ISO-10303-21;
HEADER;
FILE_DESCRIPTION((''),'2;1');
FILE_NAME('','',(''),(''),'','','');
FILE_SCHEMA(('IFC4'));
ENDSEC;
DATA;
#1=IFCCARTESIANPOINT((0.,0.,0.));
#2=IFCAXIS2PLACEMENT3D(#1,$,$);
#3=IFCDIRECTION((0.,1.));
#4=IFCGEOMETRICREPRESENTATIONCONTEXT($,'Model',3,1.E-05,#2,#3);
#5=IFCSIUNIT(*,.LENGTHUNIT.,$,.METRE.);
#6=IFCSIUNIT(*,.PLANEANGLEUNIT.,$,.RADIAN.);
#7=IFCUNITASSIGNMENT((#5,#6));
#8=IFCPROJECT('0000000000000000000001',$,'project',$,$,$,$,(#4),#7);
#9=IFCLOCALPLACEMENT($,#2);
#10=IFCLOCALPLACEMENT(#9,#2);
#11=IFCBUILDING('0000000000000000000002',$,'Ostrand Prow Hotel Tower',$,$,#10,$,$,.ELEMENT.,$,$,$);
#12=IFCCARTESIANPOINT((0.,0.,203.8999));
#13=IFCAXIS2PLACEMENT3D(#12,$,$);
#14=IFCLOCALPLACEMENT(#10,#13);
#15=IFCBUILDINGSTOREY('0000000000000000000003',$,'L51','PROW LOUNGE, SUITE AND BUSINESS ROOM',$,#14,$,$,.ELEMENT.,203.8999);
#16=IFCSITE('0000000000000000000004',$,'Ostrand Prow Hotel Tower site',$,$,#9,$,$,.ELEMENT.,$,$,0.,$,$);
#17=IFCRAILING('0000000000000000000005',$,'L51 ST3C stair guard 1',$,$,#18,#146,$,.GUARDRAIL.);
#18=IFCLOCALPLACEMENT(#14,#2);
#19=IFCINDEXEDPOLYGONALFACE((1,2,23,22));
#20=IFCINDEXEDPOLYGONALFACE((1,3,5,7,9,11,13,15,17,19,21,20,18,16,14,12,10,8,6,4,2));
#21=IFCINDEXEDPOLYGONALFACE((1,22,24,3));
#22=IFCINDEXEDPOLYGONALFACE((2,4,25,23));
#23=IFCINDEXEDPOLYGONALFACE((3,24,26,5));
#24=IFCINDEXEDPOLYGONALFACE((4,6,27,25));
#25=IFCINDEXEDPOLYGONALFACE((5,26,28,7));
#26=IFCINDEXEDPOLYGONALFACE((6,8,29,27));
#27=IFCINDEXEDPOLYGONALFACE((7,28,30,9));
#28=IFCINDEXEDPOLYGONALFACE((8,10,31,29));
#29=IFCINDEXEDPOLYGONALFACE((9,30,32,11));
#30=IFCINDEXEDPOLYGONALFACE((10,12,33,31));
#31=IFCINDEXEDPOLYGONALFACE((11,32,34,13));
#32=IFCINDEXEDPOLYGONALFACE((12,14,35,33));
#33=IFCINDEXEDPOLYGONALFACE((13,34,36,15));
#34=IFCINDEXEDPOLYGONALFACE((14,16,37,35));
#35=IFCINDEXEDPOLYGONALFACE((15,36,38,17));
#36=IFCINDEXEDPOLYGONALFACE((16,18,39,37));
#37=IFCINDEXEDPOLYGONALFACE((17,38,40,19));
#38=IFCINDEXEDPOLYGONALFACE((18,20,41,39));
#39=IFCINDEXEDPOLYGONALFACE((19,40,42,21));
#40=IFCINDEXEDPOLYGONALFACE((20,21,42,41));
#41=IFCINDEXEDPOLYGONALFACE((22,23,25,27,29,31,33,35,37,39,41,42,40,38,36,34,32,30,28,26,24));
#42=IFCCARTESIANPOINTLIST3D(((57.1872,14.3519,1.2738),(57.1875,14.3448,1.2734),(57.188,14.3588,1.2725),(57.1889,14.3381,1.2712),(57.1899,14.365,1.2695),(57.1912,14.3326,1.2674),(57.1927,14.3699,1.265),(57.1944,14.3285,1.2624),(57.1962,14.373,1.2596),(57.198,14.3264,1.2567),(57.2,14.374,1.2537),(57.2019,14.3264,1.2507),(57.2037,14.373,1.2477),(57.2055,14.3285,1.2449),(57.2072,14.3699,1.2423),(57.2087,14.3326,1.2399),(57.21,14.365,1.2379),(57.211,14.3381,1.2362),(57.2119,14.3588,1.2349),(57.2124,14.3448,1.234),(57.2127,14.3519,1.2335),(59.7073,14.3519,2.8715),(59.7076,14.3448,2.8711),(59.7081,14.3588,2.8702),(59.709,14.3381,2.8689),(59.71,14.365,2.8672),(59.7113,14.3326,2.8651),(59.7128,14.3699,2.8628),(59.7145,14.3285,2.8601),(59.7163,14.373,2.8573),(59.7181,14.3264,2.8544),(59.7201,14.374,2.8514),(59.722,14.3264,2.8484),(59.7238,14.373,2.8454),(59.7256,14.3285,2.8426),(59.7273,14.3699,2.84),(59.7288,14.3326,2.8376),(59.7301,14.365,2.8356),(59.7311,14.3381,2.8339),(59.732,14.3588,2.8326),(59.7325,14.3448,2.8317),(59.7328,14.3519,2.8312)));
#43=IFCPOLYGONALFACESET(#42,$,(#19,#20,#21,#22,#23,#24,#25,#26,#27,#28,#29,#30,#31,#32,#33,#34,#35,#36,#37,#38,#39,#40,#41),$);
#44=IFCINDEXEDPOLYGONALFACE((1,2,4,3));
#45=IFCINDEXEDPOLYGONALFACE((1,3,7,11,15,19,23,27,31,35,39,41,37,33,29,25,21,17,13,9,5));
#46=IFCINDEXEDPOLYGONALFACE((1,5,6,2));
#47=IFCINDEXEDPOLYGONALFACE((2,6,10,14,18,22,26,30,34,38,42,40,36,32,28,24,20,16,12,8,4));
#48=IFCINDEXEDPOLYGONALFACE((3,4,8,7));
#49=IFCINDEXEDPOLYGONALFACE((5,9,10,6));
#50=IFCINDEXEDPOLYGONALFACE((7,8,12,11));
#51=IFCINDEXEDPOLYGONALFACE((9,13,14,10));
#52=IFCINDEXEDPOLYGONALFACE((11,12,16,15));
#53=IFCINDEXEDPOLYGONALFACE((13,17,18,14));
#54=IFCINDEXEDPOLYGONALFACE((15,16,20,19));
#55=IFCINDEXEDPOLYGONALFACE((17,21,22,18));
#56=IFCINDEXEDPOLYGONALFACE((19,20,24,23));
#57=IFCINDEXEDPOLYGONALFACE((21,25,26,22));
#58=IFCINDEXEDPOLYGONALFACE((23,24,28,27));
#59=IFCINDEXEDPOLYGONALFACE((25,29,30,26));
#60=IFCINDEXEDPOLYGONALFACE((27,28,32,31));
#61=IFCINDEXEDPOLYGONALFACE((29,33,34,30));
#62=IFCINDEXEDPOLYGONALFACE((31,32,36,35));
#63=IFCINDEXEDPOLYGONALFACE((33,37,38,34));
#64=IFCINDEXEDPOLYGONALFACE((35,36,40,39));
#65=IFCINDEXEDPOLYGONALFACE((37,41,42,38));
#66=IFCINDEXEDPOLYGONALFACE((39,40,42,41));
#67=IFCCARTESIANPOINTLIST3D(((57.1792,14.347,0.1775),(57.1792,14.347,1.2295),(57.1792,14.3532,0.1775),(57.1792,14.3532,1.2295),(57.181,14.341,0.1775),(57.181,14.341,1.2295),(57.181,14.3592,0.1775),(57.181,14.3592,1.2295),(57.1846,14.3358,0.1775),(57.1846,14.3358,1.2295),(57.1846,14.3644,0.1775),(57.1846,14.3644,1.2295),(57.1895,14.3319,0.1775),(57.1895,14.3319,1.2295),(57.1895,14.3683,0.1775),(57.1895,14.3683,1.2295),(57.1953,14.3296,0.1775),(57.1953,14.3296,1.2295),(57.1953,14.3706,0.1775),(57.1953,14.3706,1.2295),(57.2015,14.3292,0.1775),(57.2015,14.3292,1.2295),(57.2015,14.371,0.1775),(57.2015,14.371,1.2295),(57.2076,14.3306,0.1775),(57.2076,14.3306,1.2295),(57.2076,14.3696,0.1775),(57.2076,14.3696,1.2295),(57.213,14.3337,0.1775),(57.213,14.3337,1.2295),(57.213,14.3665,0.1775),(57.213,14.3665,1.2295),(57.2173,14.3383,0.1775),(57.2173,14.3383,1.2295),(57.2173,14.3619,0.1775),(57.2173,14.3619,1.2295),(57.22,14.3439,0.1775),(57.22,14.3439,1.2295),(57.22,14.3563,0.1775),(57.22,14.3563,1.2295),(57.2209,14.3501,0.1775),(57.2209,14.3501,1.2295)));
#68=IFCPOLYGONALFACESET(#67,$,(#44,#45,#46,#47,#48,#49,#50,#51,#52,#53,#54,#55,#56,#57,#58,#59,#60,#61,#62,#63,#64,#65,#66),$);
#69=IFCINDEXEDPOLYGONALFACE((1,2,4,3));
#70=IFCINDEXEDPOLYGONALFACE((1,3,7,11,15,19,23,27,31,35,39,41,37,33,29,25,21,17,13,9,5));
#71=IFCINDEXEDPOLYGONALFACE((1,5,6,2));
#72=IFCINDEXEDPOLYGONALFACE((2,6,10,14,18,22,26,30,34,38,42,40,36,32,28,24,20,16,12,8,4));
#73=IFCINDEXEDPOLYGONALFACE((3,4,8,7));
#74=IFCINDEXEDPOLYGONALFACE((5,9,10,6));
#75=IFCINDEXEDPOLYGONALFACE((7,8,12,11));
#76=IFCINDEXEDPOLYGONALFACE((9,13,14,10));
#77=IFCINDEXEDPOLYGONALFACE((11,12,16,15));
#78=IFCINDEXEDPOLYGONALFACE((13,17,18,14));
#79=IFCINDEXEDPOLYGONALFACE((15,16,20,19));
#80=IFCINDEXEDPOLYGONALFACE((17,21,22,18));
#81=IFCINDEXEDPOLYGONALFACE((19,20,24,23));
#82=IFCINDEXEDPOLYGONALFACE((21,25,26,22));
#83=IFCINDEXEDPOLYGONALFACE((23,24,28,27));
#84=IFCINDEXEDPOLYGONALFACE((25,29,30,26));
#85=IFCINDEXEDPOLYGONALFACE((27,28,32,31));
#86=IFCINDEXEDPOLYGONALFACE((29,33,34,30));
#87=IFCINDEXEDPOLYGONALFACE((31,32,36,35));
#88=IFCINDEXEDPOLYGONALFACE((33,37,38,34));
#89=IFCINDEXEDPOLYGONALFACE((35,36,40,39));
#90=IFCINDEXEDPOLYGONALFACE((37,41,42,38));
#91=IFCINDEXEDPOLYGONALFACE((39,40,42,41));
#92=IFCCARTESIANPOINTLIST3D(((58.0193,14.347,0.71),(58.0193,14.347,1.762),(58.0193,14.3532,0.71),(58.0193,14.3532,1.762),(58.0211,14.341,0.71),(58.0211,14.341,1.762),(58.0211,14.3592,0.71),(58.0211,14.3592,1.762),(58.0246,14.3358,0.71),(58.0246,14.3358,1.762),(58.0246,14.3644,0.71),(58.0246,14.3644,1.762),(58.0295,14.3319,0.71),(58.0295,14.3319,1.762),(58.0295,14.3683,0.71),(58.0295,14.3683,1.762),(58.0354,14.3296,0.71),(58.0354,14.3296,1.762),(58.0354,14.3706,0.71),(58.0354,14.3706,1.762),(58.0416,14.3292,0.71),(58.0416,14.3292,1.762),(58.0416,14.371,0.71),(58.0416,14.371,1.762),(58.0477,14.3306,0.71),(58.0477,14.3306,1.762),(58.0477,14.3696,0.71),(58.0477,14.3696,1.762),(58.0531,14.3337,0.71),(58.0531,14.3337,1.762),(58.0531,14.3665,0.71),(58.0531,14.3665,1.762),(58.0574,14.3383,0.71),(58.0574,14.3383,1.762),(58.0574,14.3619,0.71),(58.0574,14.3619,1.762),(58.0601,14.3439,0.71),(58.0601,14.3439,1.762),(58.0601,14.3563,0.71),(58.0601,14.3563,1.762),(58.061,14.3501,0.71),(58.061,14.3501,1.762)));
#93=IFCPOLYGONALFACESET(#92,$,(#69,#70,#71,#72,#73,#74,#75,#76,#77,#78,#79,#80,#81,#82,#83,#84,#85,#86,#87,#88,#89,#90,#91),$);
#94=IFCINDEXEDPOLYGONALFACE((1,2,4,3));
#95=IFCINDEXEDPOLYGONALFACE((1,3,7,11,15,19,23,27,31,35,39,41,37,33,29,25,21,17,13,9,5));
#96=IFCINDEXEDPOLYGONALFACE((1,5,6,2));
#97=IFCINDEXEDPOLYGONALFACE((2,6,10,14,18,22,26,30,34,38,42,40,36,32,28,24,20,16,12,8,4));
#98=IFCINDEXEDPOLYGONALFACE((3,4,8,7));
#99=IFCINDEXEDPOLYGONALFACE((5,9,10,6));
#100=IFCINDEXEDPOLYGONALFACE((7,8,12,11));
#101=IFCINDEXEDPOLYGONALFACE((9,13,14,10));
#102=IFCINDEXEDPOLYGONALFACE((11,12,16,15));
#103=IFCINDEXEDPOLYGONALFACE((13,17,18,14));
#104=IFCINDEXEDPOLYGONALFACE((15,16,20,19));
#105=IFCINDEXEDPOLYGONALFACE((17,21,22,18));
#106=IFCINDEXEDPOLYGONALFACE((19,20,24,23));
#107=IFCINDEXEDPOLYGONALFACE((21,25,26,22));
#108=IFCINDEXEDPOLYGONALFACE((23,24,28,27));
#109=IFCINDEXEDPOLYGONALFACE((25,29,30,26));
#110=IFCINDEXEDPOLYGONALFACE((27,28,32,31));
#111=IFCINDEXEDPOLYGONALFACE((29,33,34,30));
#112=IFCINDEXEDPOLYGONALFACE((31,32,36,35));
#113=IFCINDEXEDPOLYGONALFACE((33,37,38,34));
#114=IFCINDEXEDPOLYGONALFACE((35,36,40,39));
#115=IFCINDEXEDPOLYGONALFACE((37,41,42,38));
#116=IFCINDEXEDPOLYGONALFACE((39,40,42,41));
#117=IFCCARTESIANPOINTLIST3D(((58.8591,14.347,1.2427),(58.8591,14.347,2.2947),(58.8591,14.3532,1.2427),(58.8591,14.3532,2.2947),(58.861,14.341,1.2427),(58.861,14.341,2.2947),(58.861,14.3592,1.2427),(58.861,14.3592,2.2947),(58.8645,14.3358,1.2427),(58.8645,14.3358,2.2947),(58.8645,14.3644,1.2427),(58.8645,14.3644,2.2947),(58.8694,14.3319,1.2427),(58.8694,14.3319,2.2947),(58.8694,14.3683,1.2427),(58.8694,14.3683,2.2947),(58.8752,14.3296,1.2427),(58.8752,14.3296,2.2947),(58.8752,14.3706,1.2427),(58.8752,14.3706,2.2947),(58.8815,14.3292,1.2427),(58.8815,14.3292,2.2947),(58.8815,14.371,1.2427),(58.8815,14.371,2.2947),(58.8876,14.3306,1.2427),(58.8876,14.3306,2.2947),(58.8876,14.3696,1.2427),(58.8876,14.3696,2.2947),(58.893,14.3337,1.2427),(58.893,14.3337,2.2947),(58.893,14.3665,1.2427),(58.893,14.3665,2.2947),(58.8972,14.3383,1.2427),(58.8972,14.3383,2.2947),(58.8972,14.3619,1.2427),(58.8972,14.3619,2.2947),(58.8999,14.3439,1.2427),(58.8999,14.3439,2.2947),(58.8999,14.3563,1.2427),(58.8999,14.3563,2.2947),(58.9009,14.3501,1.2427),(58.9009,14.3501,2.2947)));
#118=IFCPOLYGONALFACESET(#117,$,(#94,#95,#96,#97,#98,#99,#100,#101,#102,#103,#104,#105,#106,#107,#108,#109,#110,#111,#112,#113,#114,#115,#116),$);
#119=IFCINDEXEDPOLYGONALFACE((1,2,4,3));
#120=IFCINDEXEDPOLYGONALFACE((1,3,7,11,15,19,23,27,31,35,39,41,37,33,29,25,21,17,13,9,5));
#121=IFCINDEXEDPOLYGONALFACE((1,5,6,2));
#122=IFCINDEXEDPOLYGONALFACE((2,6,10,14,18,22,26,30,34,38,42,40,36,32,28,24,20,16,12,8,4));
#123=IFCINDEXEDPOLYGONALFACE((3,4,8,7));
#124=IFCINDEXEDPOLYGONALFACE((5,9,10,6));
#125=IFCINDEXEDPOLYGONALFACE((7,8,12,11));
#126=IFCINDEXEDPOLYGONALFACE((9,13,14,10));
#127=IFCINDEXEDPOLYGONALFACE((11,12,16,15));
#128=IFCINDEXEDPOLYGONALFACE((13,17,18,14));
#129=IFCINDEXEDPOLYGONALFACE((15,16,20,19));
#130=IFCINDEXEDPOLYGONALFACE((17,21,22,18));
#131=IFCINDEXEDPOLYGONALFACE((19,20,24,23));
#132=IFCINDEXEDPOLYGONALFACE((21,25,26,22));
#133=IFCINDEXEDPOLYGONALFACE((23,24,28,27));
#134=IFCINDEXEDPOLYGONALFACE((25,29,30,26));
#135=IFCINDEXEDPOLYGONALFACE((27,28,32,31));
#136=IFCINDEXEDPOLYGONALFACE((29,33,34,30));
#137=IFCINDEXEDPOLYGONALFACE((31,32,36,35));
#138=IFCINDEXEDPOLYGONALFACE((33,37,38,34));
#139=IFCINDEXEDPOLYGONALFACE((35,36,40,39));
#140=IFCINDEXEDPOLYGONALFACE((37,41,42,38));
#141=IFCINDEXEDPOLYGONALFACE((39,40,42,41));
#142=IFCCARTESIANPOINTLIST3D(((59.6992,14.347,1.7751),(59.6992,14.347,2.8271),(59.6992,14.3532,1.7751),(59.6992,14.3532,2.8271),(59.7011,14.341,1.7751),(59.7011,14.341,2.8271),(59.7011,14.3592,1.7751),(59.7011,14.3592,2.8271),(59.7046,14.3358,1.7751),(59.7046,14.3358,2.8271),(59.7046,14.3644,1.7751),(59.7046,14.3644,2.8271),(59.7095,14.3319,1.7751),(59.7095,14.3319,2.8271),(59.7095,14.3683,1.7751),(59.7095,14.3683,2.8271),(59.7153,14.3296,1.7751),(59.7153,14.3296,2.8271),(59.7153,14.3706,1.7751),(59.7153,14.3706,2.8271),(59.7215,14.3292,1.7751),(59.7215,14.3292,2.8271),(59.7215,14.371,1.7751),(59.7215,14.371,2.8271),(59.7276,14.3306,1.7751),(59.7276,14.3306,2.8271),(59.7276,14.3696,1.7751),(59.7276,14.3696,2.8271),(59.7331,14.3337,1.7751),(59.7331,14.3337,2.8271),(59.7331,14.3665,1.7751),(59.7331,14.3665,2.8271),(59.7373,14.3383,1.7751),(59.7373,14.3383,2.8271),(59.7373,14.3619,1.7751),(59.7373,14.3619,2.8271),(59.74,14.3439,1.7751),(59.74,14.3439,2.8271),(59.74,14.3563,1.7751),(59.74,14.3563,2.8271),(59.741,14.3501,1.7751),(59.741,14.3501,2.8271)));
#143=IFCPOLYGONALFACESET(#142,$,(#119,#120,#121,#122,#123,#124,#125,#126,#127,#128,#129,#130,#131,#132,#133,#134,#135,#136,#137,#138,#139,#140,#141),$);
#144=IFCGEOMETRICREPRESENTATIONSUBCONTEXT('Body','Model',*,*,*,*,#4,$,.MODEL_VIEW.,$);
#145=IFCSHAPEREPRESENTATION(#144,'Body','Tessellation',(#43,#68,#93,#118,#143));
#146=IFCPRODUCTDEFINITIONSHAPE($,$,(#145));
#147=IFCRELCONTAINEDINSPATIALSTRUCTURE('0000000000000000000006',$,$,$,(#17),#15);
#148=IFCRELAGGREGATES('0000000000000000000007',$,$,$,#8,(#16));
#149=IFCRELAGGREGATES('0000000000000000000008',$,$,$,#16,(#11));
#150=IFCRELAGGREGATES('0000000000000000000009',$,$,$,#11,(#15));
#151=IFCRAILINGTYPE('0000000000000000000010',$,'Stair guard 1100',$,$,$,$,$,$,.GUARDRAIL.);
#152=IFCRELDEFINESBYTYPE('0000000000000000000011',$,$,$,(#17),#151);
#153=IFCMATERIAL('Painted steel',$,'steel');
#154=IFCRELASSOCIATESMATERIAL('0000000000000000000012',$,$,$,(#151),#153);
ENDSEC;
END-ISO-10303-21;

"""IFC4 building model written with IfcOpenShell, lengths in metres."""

from ifc_helpers import new_model, si_unit, direction, frame, origin, origin_2d, place, context, subcontext, project, spatial, circle, extrude, material, type_object, element, save


model = new_model("IFC4")

# Units and contexts
model_context = context("Model", 3, precision=1e-05, world=origin(), true_north=direction((0.0, 1.0)))
body_context = subcontext(model_context, "Body", "Model", "MODEL_VIEW")
ifc_project = project(units=[si_unit("LENGTHUNIT", "METRE"), si_unit("PLANEANGLEUNIT", "RADIAN")], contexts=[model_context])

# Site, building, storey
site_placement = place(None, origin())
site = spatial("IfcSite", under=ifc_project, at=site_placement, Name="Ostrand Prow Hotel Tower site", CompositionType="ELEMENT", RefElevation=0.0)
building_placement = place(site_placement, origin())
building = spatial("IfcBuilding", under=site, at=building_placement, Name="Ostrand Prow Hotel Tower", CompositionType="ELEMENT")
storey_placement = place(building_placement, frame((0.0, 0.0, 203.8999)))
storey = spatial("IfcBuildingStorey", under=building, at=storey_placement, Name="L51", Description="PROW LOUNGE, SUITE AND BUSINESS ROOM", CompositionType="ELEMENT", Elevation=203.8999)

# Railing
ifc_material_1 = material(Name="Painted steel", Category="steel")
railing_type_1 = type_object("IfcRailingType", Name="Stair guard 1100", PredefinedType="GUARDRAIL", material=ifc_material_1)
railing_1_placement = place(storey_placement, frame((57.2, 14.3501, 0.1775)))
element("IfcRailing", 1, at=railing_1_placement, inside=storey, type_object=railing_type_1, Name="L51 ST3C stair guard 1", PredefinedType="GUARDRAIL", context=body_context, shape_type="SweptSolid", body=[
    extrude(circle(Radius=0.0239, at=origin_2d()), frame((0.0, 0.0, 1.0762), z_axis=(0.84457, 0.0, 0.535445), x_axis=(0.0, 1.0, 0.0)), (0.0, 0.0, 1.0), 2.9839),
    extrude(circle(Radius=0.021, at=origin_2d()), origin(), (0.0, 0.0, 1.0), 1.052),
    extrude(circle(Radius=0.021, at=origin_2d()), frame((0.8401, 0.0, 0.5325)), (0.0, 0.0, 1.0), 1.052),
    extrude(circle(Radius=0.021, at=origin_2d()), frame((1.6799, 0.0, 1.0652)), (0.0, 0.0, 1.0), 1.052),
    extrude(circle(Radius=0.021, at=origin_2d()), frame((2.52, 0.0, 1.5977)), (0.0, 0.0, 1.0), 1.052),
])

save(model, "model.ifc")
